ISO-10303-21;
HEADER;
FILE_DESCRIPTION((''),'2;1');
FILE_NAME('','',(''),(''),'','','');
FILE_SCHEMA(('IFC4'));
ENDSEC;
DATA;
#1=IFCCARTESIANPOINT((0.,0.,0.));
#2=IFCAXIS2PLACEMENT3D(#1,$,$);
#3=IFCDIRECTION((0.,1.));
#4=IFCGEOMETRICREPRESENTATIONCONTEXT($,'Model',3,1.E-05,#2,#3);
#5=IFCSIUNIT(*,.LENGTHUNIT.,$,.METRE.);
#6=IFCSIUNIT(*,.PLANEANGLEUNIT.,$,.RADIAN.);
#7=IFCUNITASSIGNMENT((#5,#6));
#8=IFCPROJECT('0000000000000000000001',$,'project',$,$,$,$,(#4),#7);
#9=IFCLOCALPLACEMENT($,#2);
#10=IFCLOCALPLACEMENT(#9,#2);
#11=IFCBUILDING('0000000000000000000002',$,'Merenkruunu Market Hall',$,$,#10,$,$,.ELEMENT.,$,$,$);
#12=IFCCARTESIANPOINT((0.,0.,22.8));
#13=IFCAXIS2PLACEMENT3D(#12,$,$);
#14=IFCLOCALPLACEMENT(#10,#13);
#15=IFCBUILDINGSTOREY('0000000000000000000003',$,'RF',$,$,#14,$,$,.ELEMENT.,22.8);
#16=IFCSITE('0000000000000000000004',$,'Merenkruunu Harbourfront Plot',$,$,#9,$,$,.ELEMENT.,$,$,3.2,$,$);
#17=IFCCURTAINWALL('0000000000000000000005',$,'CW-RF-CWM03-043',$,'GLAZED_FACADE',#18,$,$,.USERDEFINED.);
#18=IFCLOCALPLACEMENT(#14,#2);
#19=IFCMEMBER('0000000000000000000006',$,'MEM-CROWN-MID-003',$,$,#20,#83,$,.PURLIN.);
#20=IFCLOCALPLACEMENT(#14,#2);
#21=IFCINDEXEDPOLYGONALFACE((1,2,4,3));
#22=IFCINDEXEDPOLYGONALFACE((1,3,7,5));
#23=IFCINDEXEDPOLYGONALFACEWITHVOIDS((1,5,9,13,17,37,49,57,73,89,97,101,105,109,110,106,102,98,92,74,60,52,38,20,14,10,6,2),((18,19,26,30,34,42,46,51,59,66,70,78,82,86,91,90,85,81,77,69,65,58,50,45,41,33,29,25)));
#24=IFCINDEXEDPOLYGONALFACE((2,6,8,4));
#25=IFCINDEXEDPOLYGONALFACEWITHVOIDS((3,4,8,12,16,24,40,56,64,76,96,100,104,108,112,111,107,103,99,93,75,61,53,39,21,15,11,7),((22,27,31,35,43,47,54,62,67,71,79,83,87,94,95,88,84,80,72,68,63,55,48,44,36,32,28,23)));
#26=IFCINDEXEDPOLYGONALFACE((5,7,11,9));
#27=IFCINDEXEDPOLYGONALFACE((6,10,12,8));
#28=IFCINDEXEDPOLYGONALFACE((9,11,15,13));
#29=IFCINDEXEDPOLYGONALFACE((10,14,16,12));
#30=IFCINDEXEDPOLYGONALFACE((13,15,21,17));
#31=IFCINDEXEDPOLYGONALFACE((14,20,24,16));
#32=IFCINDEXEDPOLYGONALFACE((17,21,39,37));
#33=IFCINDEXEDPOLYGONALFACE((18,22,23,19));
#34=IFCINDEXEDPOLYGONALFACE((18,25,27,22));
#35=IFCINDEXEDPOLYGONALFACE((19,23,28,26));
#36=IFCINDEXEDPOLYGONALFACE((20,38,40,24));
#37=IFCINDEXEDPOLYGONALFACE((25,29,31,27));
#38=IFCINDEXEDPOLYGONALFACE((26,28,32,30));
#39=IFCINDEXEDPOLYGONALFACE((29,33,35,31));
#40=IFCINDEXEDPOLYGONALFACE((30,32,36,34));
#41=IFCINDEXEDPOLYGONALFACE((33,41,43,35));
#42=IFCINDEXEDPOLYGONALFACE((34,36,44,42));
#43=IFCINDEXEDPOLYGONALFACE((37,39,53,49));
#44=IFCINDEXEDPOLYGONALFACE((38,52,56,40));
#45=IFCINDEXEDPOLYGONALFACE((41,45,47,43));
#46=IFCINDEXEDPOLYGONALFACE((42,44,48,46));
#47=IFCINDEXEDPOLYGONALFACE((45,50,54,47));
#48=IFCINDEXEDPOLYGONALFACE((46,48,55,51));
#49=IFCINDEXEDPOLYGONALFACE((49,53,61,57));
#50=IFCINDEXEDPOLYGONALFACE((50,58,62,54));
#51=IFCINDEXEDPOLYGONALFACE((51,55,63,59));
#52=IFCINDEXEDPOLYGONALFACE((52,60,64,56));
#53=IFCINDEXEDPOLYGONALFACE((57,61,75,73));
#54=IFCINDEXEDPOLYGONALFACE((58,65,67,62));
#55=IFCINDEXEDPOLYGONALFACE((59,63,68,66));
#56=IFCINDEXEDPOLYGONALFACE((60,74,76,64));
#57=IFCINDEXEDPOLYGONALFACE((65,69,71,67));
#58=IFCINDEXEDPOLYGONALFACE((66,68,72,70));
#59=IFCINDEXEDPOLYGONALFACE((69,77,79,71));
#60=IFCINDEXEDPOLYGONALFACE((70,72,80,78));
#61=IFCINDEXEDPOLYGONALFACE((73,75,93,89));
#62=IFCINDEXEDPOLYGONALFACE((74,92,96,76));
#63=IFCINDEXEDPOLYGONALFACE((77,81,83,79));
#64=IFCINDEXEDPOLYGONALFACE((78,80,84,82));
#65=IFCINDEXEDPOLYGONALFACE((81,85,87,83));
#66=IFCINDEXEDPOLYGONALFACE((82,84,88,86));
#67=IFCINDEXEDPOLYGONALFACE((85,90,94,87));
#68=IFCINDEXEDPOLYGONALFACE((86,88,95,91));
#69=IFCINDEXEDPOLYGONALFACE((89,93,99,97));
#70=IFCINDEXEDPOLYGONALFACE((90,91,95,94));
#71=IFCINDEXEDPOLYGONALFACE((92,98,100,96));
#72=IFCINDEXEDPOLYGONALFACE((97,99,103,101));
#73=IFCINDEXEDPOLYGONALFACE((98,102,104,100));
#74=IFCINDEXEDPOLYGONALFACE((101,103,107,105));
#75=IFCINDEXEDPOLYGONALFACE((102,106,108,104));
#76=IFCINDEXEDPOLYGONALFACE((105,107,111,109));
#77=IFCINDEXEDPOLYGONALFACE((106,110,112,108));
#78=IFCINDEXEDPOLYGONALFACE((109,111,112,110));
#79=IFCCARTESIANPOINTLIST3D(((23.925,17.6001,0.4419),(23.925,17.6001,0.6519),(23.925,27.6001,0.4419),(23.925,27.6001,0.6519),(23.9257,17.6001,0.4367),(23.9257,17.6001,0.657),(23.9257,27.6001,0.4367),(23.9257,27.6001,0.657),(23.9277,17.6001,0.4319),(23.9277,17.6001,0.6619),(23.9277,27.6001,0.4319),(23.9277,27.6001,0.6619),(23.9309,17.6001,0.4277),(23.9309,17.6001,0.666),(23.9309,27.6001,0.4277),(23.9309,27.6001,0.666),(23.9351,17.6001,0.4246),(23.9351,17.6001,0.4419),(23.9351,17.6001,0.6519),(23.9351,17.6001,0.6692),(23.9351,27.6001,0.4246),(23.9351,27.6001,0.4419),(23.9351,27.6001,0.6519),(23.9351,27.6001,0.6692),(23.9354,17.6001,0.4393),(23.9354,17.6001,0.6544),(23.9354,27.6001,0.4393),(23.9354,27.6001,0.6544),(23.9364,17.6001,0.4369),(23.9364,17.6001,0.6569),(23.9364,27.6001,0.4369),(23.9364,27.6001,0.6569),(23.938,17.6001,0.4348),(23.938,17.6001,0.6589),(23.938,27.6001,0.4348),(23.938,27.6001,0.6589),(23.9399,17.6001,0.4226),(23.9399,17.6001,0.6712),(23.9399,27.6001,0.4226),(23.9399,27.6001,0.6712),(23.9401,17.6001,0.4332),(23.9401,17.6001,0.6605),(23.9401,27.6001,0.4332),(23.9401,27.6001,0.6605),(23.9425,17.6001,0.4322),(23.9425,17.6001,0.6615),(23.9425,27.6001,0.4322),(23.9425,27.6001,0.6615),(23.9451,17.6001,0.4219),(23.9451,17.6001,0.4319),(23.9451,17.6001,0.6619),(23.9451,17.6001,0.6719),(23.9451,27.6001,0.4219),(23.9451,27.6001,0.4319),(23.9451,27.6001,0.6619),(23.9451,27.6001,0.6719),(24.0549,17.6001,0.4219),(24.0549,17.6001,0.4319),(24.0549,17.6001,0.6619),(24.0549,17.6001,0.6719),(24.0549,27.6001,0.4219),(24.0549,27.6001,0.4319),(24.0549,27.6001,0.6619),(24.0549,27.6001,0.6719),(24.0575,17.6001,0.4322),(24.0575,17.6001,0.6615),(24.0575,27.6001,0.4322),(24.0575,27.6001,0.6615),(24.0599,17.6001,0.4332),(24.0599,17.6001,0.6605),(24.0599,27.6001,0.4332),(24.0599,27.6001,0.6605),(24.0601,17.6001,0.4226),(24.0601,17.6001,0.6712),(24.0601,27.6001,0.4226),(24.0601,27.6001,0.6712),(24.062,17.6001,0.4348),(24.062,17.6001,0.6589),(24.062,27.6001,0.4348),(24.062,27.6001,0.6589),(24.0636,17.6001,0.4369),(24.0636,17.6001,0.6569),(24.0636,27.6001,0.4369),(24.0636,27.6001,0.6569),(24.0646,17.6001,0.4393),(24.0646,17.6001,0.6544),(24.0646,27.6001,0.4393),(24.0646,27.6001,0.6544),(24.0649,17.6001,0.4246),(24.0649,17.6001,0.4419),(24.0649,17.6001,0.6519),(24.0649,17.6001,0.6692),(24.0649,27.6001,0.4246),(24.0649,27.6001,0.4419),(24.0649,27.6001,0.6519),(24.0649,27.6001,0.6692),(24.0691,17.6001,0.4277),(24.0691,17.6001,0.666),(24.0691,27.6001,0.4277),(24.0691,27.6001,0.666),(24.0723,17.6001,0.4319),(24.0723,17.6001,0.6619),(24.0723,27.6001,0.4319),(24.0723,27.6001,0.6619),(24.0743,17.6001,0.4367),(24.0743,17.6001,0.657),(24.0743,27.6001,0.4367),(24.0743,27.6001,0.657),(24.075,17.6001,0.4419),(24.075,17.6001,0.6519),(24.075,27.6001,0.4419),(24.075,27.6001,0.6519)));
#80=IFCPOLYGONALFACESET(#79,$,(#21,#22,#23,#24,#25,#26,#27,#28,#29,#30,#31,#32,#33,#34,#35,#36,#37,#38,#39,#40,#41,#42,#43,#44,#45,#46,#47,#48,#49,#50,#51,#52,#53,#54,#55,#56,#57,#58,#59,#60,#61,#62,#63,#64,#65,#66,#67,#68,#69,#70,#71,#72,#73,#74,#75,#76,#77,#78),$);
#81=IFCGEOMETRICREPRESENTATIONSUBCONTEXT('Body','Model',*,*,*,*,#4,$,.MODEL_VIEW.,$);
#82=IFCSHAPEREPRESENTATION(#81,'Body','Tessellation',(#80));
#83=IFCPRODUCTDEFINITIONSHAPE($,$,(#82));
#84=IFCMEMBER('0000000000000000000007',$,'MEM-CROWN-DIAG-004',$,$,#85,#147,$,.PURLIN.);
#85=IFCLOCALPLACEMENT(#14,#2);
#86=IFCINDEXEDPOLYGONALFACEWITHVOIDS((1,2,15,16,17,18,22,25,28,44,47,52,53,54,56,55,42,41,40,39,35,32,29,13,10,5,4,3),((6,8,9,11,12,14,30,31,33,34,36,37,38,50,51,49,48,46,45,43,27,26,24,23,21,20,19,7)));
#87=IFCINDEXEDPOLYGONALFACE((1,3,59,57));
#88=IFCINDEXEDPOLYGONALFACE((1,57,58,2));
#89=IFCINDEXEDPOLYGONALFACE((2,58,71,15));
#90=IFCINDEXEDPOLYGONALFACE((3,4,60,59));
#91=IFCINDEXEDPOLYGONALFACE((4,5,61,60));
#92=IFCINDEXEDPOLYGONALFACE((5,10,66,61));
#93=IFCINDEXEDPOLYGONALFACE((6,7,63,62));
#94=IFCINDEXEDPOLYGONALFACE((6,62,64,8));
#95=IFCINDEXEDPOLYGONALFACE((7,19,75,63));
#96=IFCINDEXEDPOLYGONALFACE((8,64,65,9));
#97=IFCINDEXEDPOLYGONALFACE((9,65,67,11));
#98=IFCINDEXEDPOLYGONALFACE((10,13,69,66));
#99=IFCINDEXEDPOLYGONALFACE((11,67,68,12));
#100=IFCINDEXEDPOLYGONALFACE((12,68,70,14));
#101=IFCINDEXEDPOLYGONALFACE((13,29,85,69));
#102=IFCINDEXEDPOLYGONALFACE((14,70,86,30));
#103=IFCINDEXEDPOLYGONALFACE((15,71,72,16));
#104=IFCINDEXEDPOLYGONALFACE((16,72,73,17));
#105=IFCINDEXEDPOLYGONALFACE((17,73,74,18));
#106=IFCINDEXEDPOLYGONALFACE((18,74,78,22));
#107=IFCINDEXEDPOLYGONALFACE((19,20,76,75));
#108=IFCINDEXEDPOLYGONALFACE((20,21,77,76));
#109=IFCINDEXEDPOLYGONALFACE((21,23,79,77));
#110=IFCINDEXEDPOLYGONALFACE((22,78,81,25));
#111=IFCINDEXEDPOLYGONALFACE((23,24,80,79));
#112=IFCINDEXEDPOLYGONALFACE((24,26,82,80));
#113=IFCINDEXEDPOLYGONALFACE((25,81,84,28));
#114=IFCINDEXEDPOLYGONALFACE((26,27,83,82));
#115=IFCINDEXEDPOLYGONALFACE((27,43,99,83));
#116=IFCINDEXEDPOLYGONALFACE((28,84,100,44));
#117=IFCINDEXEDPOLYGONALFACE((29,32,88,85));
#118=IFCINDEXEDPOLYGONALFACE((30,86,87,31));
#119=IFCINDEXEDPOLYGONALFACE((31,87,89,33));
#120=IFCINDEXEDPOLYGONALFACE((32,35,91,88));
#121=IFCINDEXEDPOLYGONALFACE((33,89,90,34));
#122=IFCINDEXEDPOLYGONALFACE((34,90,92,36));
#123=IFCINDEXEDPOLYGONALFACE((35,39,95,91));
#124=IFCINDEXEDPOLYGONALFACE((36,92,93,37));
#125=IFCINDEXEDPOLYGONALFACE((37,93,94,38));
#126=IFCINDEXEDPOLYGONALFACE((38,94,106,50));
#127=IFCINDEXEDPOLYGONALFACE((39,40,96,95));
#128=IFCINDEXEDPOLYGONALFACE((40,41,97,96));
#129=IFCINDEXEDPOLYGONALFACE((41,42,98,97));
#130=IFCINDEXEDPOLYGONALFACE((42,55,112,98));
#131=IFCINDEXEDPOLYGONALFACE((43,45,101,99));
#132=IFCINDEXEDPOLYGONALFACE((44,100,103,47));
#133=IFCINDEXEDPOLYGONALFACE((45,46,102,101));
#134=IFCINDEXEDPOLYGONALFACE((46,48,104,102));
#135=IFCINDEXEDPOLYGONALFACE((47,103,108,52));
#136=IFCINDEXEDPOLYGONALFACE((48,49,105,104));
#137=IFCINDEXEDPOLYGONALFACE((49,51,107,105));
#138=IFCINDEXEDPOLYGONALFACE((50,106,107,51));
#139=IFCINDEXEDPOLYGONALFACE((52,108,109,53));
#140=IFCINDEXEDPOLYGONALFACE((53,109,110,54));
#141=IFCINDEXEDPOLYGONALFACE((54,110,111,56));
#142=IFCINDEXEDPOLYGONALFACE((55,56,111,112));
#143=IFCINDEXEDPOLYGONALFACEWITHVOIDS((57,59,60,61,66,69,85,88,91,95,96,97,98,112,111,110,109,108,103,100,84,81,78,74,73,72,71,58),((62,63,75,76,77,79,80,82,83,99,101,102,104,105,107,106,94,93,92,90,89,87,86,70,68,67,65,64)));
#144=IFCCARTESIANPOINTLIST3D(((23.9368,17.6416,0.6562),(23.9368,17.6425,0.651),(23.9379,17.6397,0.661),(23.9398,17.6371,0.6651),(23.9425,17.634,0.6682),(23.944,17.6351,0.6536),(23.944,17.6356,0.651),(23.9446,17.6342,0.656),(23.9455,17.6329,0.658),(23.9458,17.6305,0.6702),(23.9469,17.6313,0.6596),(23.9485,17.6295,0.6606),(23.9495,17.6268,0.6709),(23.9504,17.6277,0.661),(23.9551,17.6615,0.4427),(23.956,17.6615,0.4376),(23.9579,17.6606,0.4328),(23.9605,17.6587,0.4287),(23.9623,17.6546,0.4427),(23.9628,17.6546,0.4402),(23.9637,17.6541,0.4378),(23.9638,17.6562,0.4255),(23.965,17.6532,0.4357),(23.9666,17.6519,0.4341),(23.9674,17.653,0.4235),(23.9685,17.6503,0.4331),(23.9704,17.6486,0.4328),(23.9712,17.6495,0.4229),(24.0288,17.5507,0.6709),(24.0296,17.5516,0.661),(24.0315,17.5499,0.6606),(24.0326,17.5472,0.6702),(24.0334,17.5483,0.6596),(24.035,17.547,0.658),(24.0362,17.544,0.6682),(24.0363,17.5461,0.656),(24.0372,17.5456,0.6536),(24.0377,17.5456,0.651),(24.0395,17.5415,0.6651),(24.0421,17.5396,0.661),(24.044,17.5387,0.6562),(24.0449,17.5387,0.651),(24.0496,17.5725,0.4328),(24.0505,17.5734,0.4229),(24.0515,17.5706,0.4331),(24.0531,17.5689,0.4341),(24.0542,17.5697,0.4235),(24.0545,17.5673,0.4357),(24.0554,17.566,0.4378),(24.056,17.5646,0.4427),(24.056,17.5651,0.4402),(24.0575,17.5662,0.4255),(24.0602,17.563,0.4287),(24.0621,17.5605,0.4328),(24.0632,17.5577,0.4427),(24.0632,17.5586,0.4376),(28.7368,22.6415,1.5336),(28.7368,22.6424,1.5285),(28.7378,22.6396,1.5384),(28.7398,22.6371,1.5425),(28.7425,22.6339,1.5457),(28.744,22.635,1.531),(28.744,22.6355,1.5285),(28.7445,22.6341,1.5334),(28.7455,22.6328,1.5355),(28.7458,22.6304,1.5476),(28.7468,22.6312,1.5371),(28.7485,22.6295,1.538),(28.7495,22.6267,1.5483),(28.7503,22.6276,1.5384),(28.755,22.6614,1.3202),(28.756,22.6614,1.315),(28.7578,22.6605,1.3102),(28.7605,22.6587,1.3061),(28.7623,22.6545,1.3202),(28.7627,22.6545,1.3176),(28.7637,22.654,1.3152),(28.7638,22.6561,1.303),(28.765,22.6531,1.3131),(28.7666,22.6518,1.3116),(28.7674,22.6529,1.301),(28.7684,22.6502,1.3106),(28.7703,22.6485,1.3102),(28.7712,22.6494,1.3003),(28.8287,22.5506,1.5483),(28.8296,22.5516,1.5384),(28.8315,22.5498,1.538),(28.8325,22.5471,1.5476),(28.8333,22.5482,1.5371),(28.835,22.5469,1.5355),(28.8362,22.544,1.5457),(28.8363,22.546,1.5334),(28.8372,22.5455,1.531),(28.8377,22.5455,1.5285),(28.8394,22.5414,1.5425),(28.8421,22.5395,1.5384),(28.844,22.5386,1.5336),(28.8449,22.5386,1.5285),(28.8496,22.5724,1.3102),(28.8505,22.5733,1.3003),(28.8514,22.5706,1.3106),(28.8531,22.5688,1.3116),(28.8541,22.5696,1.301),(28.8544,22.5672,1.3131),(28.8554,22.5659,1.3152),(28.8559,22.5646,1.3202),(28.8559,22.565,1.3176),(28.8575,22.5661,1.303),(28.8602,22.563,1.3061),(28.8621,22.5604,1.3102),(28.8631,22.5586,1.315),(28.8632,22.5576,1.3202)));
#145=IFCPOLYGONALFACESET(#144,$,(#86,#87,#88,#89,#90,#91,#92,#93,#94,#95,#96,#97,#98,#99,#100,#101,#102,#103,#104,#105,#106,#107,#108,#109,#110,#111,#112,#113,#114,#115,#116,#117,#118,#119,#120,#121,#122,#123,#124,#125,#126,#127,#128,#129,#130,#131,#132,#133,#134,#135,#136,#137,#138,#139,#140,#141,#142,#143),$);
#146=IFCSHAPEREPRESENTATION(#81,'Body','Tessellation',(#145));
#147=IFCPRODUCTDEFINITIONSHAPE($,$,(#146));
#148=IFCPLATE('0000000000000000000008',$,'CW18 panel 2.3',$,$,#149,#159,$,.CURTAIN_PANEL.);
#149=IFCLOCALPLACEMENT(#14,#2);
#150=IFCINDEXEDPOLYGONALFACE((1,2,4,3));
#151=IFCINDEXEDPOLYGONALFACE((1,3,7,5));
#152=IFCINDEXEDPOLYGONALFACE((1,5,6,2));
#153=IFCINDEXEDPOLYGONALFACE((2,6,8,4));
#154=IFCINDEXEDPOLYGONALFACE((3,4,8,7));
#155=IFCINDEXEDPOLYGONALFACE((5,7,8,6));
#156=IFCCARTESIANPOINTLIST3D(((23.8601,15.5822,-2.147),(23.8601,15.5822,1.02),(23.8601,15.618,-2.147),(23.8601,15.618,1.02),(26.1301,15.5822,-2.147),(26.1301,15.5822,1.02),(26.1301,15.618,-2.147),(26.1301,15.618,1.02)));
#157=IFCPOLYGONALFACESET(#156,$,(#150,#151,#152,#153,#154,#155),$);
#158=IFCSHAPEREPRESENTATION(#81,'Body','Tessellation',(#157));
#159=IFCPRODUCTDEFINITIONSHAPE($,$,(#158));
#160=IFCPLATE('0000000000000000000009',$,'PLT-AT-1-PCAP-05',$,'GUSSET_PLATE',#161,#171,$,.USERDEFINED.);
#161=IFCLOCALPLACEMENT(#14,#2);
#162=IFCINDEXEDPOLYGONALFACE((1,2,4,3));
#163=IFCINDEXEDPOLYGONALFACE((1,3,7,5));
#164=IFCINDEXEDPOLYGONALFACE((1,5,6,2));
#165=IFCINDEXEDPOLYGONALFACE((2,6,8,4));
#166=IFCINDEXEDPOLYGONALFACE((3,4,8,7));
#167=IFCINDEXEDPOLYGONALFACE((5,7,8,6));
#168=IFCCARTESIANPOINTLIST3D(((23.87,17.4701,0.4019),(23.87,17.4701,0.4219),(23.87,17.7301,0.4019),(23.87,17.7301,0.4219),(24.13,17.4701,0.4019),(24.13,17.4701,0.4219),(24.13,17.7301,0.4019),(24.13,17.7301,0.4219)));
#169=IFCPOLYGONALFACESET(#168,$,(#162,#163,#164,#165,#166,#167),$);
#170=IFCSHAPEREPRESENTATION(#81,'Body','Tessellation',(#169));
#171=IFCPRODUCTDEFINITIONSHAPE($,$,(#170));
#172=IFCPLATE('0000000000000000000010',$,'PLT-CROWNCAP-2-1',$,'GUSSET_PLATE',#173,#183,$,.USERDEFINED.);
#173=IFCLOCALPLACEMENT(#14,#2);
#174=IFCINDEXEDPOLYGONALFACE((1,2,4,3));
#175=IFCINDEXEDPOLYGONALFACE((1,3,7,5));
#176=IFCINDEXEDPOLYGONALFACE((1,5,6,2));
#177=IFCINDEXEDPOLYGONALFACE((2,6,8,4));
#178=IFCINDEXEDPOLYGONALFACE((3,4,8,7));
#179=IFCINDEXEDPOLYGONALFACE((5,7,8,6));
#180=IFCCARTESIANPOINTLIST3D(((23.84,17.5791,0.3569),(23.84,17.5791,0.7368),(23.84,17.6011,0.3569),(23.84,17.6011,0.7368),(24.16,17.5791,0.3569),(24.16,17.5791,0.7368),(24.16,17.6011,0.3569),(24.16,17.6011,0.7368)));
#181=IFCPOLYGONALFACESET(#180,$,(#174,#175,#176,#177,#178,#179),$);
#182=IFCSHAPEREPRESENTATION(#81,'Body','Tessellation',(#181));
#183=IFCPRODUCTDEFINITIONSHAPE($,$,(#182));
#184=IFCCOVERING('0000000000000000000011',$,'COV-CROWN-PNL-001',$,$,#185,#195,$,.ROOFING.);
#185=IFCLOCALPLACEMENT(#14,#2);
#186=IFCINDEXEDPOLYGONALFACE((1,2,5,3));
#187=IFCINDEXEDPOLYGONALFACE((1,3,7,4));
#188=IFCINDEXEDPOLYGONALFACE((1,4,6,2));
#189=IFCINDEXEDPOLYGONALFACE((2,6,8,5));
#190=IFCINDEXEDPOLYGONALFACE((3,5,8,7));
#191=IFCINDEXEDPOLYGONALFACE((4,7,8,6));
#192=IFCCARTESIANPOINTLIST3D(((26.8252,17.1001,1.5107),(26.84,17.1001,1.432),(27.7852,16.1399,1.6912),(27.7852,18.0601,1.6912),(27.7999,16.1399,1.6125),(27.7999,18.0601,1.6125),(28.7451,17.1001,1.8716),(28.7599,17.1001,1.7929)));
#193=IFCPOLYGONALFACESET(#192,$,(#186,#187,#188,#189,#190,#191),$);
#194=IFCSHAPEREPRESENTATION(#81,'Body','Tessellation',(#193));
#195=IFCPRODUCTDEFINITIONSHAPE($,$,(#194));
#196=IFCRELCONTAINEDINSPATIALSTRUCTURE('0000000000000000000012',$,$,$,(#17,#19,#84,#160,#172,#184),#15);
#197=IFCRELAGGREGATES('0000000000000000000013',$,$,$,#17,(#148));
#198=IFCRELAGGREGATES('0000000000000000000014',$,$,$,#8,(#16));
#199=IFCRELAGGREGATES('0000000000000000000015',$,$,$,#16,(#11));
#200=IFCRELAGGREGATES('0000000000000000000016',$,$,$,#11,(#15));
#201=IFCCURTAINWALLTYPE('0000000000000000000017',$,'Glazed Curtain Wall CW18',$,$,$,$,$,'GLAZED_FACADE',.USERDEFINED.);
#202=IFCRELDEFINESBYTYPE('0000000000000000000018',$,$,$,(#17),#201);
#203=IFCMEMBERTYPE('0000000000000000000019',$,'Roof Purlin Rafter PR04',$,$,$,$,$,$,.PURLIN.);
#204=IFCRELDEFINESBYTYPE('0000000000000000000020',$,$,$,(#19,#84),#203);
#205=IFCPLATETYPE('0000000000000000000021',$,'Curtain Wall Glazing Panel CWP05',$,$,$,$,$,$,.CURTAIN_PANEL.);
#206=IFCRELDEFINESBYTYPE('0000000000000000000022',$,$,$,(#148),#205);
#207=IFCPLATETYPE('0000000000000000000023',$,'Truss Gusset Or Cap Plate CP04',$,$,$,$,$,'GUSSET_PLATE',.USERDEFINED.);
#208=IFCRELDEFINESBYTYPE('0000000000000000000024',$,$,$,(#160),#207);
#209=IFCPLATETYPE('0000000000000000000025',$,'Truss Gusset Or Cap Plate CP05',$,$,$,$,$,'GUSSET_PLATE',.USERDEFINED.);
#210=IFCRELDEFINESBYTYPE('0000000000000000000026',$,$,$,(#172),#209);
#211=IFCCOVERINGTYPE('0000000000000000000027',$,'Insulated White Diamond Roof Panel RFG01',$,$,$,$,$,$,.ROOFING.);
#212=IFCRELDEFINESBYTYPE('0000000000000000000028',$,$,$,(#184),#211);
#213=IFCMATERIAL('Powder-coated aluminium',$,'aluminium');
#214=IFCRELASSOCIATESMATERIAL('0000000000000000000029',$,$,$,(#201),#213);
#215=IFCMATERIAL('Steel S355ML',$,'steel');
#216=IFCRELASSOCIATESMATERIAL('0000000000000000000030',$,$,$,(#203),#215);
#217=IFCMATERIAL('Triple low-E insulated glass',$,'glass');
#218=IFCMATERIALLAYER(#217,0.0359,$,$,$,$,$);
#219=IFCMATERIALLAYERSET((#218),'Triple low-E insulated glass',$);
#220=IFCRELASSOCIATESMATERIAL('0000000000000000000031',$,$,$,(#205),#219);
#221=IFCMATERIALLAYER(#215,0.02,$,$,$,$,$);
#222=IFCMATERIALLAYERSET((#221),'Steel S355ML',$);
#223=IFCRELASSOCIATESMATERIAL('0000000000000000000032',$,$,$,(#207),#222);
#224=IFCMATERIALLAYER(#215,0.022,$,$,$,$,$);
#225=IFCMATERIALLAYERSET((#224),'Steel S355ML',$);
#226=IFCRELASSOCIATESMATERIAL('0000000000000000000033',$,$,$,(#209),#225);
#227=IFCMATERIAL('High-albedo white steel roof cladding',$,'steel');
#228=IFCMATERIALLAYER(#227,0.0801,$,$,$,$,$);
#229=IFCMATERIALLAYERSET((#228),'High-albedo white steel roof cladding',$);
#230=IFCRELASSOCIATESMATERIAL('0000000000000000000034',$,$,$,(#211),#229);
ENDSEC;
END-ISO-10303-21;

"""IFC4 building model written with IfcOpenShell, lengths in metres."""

from ifc_helpers import new_model, si_unit, direction, frame, origin, origin_2d, place, context, subcontext, project, spatial, polyline, rectangle, hollow_rectangle, outline, extrude, material, layer, layer_set, material_profile, profile_set, type_object, element, aggregate, save


model = new_model("IFC4")

# Units and contexts
model_context = context("Model", 3, precision=1e-05, world=origin(), true_north=direction((0.0, 1.0)))
body_context = subcontext(model_context, "Body", "Model", "MODEL_VIEW")
ifc_project = project(units=[si_unit("LENGTHUNIT", "METRE"), si_unit("PLANEANGLEUNIT", "RADIAN")], contexts=[model_context])

# Site, building, storey
site_placement = place(None, origin())
site = spatial("IfcSite", under=ifc_project, at=site_placement, Name="Merenkruunu Harbourfront Plot", CompositionType="ELEMENT", RefElevation=3.2)
building_placement = place(site_placement, origin())
building = spatial("IfcBuilding", under=site, at=building_placement, Name="Merenkruunu Market Hall", CompositionType="ELEMENT")
storey_placement = place(building_placement, frame((0.0, 0.0, 22.8)))
storey = spatial("IfcBuildingStorey", under=building, at=storey_placement, Name="RF", CompositionType="ELEMENT", Elevation=22.8)

# Shared definitions
ifc_material_1 = material(Name="Steel S355ML", Category="steel")

# Shared definitions
ifc_material_2 = material(Name="Powder-coated aluminium", Category="aluminium")
curtain_wall_type = type_object("IfcCurtainWallType", Name="Glazed Curtain Wall CW18", ElementType="GLAZED_FACADE", PredefinedType="USERDEFINED", material=ifc_material_2)

# Curtain wall
curtain_wall_1_placement = place(storey_placement, origin())
curtain_wall_1 = element("IfcCurtainWall", 1, at=curtain_wall_1_placement, inside=storey, type_object=curtain_wall_type, Name="CW-RF-CWM03-043", ObjectType="GLAZED_FACADE", PredefinedType="USERDEFINED")

# Members
ifc_material_profile_1 = material_profile(ifc_material_1, hollow_rectangle(XDim=0.1499, YDim=0.25, WallThickness=0.01, InnerFilletRadius=0.01, OuterFilletRadius=0.02, at=origin_2d()), Name="RHS 250x150x10")
ifc_profile_set_1 = profile_set([ifc_material_profile_1], Name="Steel S355ML")
member_type_1 = type_object("IfcMemberType", Name="Roof Purlin Rafter PR04", PredefinedType="PURLIN", material=ifc_profile_set_1)
member_1_placement = place(storey_placement, frame((24.0, 17.6001, 0.5469), z_axis=(0.0, 1.0, 0.0), x_axis=(-1.0, 0.0, 0.0)))
element("IfcMember", 2, at=member_1_placement, inside=storey, type_object=member_type_1, Name="MEM-CROWN-MID-003", PredefinedType="PURLIN", context=body_context, shape_type="SweptSolid", body=[
    extrude(hollow_rectangle(XDim=0.1499, YDim=0.25, WallThickness=0.01, InnerFilletRadius=0.01, OuterFilletRadius=0.02, at=origin_2d()), origin(), (0.0, 0.0, 1.0), 10.0),
])
member_2_placement = place(storey_placement, frame((24.0, 17.6001, 0.5469), z_axis=(0.687052, 0.715672, 0.125592), x_axis=(-0.721384, 0.692535, 0.0)))
element("IfcMember", 3, at=member_2_placement, inside=storey, type_object=member_type_1, Name="MEM-CROWN-DIAG-004", PredefinedType="PURLIN", context=body_context, shape_type="SweptSolid", body=[
    extrude(hollow_rectangle(XDim=0.1499, YDim=0.25, WallThickness=0.01, InnerFilletRadius=0.01, OuterFilletRadius=0.02, at=origin_2d()), origin(), (0.0, 0.0, 1.0), 6.9863),
])

# Plate
ifc_material_3 = material(Name="Triple low-E insulated glass", Category="glass")
ifc_layer_1 = layer(ifc_material_3, 0.0359)
ifc_layer_set_1 = layer_set([ifc_layer_1], Name="Triple low-E insulated glass")
plate_type_1 = type_object("IfcPlateType", Name="Curtain Wall Glazing Panel CWP05", PredefinedType="CURTAIN_PANEL", material=ifc_layer_set_1)
plate_1_placement = place(storey_placement, frame((24.9951, 15.6001, -2.147), z_axis=(0.0, 0.0, 1.0), x_axis=(-1.0, 0.0, 0.0)))
plate_1 = element("IfcPlate", 4, at=plate_1_placement, type_object=plate_type_1, Name="CW18 panel 2.3", PredefinedType="CURTAIN_PANEL", context=body_context, shape_type="SweptSolid", body=[
    extrude(rectangle(XDim=2.27, YDim=0.0359, at=origin_2d()), origin(), (0.0, 0.0, 1.0), 3.167),
])
aggregate(curtain_wall_1, [plate_1])

# Plates
ifc_layer_2 = layer(ifc_material_1, 0.02)
ifc_layer_set_2 = layer_set([ifc_layer_2], Name="Steel S355ML")
plate_type_2 = type_object("IfcPlateType", Name="Truss Gusset Or Cap Plate CP04", ElementType="GUSSET_PLATE", PredefinedType="USERDEFINED", material=ifc_layer_set_2)
plate_2_placement = place(storey_placement, frame((24.0, 17.6001, 0.4019), z_axis=(0.0, 0.0, 1.0), x_axis=(1.0, 0.0, 0.0)))
element("IfcPlate", 5, at=plate_2_placement, inside=storey, type_object=plate_type_2, Name="PLT-AT-1-PCAP-05", ObjectType="GUSSET_PLATE", PredefinedType="USERDEFINED", context=body_context, shape_type="SweptSolid", body=[
    extrude(rectangle(XDim=0.26, YDim=0.26, at=origin_2d()), origin(), (0.0, 0.0, 1.0), 0.02),
])
ifc_layer_3 = layer(ifc_material_1, 0.022)
ifc_layer_set_3 = layer_set([ifc_layer_3], Name="Steel S355ML")
plate_type_3 = type_object("IfcPlateType", Name="Truss Gusset Or Cap Plate CP05", ElementType="GUSSET_PLATE", PredefinedType="USERDEFINED", material=ifc_layer_set_3)
plate_3_placement = place(storey_placement, frame((24.0, 17.5901, 0.3569), z_axis=(0.0, 0.0, 1.0), x_axis=(1.0, 0.0, 0.0)))
element("IfcPlate", 6, at=plate_3_placement, inside=storey, type_object=plate_type_3, Name="PLT-CROWNCAP-2-1", ObjectType="GUSSET_PLATE", PredefinedType="USERDEFINED", context=body_context, shape_type="SweptSolid", body=[
    extrude(rectangle(XDim=0.3201, YDim=0.022, at=origin_2d()), origin(), (0.0, 0.0, 1.0), 0.3799),
])

# Covering
ifc_material_4 = material(Name="High-albedo white steel roof cladding", Category="steel")
ifc_layer_4 = layer(ifc_material_4, 0.0801)
ifc_layer_set_4 = layer_set([ifc_layer_4], Name="High-albedo white steel roof cladding")
covering_type = type_object("IfcCoveringType", Name="Insulated White Diamond Roof Panel RFG01", PredefinedType="ROOFING", material=ifc_layer_set_4)
for number, where, z_axis, x_axis, name in (
    (7, (26.8252, 17.1001, 1.5107), (-0.184711, 0.0, 0.982793), (0.700856, -0.701035, 0.131722), "COV-CROWN-PNL-001"),
):
    element("IfcCovering", number, at=place(storey_placement, frame(where, z_axis=z_axis, x_axis=x_axis)), inside=storey, type_object=covering_type, Name=name, PredefinedType="ROOFING", context=body_context, shape_type="SweptSolid", body=[
        extrude(outline(polyline([(0.0, 0.0), (1.3697, 0.0), (1.3931, 1.3695), (0.0236, 1.3693), (0.0, 0.0)])), origin(), (0.0, 0.0, -1.0), 0.0801),
    ])

save(model, "model.ifc")
